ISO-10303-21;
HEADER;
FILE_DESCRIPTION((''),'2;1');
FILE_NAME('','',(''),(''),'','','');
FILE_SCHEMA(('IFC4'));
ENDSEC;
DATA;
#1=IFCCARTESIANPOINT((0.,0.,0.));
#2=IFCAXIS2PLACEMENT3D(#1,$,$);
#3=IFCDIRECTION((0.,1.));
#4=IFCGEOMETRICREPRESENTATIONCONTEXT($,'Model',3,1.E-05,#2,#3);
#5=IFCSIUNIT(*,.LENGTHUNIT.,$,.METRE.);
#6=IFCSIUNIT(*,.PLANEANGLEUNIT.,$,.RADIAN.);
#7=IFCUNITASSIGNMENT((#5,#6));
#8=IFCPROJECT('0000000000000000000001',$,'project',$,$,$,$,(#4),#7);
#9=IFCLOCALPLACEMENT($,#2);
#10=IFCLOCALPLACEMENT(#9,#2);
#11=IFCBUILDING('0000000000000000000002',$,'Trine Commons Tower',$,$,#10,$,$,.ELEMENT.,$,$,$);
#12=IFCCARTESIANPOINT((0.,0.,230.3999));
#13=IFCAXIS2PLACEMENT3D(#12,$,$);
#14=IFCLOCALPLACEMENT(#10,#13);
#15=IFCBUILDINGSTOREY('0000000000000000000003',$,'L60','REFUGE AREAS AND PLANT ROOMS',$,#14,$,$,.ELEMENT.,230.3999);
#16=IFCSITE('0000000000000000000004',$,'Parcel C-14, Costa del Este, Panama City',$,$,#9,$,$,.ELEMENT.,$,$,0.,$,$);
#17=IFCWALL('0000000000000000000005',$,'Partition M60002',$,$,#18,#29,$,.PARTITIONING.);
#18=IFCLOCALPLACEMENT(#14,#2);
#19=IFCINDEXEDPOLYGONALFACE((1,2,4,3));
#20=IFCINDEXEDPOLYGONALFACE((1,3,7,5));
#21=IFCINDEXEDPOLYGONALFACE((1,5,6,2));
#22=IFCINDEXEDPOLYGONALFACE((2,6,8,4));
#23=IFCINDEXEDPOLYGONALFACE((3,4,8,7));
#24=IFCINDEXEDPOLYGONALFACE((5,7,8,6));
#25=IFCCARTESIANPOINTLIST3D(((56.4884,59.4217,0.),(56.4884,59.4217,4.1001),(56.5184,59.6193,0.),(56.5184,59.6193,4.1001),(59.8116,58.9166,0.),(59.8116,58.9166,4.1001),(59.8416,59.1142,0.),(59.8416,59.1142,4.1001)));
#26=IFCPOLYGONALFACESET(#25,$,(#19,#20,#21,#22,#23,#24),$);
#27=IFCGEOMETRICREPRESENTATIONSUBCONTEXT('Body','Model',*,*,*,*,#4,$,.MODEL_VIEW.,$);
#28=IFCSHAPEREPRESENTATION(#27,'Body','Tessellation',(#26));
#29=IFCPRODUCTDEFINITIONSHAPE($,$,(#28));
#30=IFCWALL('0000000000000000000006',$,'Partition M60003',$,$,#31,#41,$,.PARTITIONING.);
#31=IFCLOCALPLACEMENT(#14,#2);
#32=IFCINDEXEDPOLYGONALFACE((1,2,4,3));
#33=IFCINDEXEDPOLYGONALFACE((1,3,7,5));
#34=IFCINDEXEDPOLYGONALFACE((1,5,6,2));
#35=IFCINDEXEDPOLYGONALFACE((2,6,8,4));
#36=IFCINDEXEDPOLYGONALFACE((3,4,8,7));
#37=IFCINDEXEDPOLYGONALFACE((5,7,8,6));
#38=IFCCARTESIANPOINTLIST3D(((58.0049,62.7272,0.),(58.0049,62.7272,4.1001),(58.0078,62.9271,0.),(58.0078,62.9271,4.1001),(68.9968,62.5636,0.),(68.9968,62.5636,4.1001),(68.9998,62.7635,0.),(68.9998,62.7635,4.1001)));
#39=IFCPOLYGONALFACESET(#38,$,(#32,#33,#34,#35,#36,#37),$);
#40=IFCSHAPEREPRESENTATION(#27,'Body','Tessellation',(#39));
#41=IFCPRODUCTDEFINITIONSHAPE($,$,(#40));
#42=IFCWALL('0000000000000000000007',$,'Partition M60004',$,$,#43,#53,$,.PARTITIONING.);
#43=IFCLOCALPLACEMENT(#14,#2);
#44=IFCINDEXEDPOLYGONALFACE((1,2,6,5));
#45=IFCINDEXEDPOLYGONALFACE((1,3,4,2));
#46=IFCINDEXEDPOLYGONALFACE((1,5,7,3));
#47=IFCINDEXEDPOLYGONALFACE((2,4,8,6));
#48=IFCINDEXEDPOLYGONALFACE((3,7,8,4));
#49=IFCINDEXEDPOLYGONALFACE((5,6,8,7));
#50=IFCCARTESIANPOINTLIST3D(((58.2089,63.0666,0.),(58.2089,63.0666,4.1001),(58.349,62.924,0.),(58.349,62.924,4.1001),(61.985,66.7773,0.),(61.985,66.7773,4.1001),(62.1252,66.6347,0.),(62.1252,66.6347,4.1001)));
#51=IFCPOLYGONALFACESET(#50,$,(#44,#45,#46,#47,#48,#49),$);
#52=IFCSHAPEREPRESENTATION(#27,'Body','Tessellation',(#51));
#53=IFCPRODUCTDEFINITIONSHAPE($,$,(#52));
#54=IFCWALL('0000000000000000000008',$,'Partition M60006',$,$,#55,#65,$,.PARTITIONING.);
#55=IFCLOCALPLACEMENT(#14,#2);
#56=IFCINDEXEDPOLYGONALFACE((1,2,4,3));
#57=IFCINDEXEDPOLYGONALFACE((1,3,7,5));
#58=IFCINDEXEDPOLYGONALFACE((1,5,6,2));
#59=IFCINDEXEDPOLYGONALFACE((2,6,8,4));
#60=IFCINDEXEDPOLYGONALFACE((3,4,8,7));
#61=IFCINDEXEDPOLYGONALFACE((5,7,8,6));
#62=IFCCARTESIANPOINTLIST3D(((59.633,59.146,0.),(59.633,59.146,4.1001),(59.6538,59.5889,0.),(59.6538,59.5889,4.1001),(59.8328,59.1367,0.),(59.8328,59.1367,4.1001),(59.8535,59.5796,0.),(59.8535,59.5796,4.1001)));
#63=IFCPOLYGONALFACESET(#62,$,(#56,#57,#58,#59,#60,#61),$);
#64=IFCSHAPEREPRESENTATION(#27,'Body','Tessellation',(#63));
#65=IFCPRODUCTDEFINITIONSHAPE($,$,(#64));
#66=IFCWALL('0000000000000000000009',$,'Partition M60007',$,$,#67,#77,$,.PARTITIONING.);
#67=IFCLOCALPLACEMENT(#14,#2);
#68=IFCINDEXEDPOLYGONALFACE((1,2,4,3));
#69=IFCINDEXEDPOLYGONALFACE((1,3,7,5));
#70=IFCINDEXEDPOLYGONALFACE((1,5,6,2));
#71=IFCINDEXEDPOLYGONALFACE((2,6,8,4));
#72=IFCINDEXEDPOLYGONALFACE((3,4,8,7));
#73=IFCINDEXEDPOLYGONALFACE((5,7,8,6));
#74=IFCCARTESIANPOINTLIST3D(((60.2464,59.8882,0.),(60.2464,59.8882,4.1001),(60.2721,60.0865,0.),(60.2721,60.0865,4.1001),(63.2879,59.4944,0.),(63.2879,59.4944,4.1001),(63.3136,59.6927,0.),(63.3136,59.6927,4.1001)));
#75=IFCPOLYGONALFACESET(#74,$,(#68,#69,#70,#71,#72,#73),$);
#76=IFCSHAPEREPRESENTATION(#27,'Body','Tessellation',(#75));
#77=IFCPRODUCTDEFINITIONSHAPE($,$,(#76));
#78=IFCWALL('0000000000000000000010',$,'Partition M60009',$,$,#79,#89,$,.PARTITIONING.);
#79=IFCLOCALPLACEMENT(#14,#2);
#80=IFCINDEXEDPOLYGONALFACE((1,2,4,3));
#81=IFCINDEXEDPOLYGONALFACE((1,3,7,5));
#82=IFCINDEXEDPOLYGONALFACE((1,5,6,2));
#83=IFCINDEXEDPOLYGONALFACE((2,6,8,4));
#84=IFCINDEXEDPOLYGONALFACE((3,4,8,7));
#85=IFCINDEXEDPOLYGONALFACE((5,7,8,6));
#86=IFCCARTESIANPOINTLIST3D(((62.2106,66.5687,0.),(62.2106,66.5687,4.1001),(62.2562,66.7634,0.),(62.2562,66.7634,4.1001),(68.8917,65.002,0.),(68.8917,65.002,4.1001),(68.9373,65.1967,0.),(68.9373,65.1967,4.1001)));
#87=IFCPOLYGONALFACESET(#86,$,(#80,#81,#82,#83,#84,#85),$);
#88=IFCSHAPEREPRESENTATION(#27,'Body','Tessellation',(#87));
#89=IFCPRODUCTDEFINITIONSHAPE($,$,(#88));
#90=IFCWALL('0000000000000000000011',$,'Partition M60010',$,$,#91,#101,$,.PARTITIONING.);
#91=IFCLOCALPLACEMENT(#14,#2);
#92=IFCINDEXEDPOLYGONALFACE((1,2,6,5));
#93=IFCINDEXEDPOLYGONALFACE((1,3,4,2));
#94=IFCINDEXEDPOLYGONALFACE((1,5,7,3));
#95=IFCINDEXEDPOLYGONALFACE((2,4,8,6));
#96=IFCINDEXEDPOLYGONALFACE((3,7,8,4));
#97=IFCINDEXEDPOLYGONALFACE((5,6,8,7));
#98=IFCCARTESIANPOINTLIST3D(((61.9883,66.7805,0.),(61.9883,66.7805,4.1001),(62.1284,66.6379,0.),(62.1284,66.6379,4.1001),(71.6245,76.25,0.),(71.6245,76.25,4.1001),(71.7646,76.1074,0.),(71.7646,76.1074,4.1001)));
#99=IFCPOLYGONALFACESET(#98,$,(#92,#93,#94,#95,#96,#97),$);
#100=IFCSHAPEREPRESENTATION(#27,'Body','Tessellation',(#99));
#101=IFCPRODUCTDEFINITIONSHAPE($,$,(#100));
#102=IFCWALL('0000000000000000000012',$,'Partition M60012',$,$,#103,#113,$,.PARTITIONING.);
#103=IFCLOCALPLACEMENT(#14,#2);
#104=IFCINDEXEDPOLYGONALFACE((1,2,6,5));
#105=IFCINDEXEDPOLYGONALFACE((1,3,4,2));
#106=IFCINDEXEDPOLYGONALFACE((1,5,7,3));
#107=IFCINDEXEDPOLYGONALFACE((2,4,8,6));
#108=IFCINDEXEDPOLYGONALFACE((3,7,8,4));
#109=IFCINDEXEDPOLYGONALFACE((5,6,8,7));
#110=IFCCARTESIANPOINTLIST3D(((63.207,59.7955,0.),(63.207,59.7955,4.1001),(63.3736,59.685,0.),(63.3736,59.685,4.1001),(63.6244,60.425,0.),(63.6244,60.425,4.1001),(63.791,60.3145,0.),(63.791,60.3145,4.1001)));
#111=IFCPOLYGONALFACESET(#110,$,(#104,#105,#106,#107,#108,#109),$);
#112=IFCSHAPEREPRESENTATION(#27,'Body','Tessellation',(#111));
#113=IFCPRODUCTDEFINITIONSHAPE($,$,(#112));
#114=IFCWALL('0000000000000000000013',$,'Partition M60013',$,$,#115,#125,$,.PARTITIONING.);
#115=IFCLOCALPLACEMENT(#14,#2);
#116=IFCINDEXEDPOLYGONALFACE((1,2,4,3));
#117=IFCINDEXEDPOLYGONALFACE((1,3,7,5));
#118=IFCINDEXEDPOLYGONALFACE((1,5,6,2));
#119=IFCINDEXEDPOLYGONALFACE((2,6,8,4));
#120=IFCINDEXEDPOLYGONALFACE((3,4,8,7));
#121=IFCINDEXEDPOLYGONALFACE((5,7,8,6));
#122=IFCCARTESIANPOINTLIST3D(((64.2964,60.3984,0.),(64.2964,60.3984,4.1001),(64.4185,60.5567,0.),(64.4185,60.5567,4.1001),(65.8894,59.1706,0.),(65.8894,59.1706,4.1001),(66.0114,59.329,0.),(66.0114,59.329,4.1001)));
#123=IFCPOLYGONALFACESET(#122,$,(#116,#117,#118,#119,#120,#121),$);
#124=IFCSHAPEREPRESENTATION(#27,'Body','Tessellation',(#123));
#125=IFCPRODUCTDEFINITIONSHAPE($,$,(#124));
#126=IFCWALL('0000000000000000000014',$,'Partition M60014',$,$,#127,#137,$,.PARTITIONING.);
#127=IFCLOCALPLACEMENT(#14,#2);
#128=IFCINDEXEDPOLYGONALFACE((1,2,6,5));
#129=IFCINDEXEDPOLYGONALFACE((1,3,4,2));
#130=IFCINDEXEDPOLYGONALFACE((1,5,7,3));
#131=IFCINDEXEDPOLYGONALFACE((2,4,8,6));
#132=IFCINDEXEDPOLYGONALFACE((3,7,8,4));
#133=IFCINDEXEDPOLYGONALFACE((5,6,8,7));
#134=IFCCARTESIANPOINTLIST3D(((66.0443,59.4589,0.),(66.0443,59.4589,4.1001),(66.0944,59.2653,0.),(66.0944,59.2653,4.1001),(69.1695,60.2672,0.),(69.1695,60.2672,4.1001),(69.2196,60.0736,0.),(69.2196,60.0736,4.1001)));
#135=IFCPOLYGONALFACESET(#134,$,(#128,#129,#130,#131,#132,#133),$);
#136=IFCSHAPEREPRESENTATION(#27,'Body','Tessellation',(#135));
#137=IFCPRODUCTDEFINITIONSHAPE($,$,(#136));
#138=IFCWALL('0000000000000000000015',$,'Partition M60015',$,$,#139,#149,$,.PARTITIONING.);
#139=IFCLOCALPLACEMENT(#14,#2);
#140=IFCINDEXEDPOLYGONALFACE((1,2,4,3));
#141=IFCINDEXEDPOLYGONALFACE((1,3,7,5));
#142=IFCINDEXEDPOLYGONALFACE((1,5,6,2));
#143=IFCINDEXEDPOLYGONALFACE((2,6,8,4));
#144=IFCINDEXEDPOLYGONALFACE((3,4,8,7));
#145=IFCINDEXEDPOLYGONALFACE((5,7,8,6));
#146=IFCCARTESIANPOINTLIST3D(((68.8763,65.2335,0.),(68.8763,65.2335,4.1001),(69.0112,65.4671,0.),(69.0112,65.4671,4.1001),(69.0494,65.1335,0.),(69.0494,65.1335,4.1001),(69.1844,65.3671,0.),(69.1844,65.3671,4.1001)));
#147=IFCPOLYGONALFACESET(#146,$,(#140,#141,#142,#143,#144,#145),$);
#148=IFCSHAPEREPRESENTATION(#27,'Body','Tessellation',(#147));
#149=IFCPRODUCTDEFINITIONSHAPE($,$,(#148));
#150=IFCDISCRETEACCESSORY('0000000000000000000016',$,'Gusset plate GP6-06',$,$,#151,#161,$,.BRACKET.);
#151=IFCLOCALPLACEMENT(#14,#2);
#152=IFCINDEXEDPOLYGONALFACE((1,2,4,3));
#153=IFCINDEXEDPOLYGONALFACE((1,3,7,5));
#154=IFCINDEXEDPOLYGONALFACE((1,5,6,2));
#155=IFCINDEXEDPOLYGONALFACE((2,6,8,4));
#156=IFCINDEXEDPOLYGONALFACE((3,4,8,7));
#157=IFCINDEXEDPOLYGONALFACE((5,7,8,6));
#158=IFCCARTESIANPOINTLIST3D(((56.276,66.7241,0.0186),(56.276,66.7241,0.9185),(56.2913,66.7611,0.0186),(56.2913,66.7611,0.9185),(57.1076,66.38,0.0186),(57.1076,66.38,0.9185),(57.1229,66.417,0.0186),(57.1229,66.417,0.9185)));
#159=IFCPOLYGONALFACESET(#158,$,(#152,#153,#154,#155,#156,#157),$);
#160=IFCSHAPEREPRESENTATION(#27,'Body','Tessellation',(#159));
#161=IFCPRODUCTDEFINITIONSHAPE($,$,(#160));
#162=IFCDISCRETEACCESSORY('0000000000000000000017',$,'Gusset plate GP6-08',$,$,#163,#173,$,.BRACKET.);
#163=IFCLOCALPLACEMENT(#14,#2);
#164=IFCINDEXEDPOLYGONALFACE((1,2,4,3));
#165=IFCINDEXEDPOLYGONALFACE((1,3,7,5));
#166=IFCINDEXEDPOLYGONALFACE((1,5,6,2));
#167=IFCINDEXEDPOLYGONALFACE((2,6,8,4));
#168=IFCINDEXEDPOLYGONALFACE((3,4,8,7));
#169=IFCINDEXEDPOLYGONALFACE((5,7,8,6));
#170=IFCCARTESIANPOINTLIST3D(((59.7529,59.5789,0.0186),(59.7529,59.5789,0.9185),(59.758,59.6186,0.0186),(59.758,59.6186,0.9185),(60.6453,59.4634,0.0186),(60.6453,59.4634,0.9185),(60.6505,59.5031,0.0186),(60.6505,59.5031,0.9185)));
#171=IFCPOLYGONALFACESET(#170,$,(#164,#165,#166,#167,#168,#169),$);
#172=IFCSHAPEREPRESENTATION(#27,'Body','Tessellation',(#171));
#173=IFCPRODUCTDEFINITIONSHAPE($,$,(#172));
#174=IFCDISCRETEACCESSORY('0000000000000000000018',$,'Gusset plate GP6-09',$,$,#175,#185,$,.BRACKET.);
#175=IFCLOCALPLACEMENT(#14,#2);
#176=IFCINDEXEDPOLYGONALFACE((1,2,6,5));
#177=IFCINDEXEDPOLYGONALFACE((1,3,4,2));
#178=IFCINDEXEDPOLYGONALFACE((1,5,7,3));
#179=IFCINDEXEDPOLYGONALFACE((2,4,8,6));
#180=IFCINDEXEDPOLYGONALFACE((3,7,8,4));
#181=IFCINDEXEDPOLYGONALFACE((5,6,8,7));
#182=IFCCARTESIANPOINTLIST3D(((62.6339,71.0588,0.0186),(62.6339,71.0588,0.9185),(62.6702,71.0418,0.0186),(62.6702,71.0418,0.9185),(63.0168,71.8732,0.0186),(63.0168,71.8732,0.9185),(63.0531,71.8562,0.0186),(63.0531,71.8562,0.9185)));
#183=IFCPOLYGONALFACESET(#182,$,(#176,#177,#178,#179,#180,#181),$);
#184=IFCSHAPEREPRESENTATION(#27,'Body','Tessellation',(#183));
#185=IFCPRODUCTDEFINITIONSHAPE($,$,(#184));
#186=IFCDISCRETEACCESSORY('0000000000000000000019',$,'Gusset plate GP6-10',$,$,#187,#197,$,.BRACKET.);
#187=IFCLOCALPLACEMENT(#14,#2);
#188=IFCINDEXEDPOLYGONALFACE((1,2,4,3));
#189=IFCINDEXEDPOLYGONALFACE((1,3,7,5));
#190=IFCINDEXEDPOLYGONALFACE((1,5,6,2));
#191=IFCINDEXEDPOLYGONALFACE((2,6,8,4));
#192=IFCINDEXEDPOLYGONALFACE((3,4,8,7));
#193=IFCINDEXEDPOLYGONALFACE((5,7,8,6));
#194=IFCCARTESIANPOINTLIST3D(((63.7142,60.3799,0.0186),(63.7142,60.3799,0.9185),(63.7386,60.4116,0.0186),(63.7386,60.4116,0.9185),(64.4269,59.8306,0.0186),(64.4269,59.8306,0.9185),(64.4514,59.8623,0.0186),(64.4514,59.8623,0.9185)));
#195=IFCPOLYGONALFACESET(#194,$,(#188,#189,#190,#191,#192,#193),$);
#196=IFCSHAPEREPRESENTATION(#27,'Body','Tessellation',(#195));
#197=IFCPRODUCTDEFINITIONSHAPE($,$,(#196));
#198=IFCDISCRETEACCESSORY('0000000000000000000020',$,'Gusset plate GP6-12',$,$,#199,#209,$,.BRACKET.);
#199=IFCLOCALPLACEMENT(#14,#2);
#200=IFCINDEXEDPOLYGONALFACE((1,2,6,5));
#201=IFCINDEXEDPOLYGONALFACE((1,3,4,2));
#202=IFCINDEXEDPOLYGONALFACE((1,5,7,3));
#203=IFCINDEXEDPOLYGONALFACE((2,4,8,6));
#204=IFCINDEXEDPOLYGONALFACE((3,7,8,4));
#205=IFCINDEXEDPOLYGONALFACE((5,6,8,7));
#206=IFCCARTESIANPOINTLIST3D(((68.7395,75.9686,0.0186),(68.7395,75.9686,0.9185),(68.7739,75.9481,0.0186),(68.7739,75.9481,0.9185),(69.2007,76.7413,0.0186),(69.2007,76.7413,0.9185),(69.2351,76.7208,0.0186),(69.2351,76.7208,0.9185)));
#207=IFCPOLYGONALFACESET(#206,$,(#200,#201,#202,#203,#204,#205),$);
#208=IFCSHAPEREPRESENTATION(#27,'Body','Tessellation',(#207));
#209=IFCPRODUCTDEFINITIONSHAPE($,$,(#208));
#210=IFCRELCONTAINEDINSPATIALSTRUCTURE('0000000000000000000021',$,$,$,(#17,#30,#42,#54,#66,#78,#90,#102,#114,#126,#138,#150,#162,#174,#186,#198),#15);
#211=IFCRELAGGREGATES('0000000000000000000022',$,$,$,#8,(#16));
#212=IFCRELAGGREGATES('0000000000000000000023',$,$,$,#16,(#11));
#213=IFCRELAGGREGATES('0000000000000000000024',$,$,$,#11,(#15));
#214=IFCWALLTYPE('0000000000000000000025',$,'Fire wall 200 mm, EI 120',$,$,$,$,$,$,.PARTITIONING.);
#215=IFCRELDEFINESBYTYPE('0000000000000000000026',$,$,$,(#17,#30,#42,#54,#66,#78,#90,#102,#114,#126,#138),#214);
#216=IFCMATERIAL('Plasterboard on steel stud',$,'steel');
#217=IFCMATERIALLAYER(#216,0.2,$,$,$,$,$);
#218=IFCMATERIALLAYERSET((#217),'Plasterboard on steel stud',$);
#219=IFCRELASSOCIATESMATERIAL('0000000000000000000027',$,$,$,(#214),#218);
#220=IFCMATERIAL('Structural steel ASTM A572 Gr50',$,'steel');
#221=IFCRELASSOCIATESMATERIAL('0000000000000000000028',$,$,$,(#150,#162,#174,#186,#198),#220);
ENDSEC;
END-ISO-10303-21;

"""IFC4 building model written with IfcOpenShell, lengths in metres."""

from ifc_helpers import new_model, si_unit, direction, frame, frame_2d, origin, origin_2d, place, context, subcontext, project, spatial, rectangle, extrude, material, layer, layer_set, type_object, element, save


model = new_model("IFC4")

# Units and contexts
model_context = context("Model", 3, precision=1e-05, world=origin(), true_north=direction((0.0, 1.0)))
body_context = subcontext(model_context, "Body", "Model", "MODEL_VIEW")
ifc_project = project(units=[si_unit("LENGTHUNIT", "METRE"), si_unit("PLANEANGLEUNIT", "RADIAN")], contexts=[model_context])

# Site, building, storey
site_placement = place(None, origin())
site = spatial("IfcSite", under=ifc_project, at=site_placement, Name="Parcel C-14, Costa del Este, Panama City", CompositionType="ELEMENT", RefElevation=0.0)
building_placement = place(site_placement, origin())
building = spatial("IfcBuilding", under=site, at=building_placement, Name="Trine Commons Tower", CompositionType="ELEMENT")
storey_placement = place(building_placement, frame((0.0, 0.0, 230.3999)))
storey = spatial("IfcBuildingStorey", under=building, at=storey_placement, Name="L60", Description="REFUGE AREAS AND PLANT ROOMS", CompositionType="ELEMENT", Elevation=230.3999)

# Walls
ifc_material_1 = material(Name="Plasterboard on steel stud", Category="steel")
ifc_layer_1 = layer(ifc_material_1, 0.2)
ifc_layer_set_1 = layer_set([ifc_layer_1], Name="Plasterboard on steel stud")
wall_type = type_object("IfcWallType", Name="Fire wall 200 mm, EI 120", PredefinedType="PARTITIONING", material=ifc_layer_set_1)
wall_1_placement = place(storey_placement, frame((56.5034, 59.5205, 0.0), z_axis=(0.0, 0.0, 1.0), x_axis=(0.988645, -0.150272, 0.0)))
element("IfcWall", 1, at=wall_1_placement, inside=storey, type_object=wall_type, Name="Partition M60002", PredefinedType="PARTITIONING", context=body_context, shape_type="SweptSolid", body=[
    extrude(rectangle(XDim=3.3613, YDim=0.2, at=frame_2d((1.6807, 0.0))), origin(), (0.0, 0.0, 1.0), 4.1001),
])
wall_2_placement = place(storey_placement, frame((58.0063, 62.8271, 0.0), z_axis=(0.0, 0.0, 1.0), x_axis=(0.999889, -0.01488, 0.0)))
element("IfcWall", 2, at=wall_2_placement, inside=storey, type_object=wall_type, Name="Partition M60003", PredefinedType="PARTITIONING", context=body_context, shape_type="SweptSolid", body=[
    extrude(rectangle(XDim=10.9932, YDim=0.2, at=frame_2d((5.4966, 0.0))), origin(), (0.0, 0.0, 1.0), 4.1001),
])
wall_3_placement = place(storey_placement, frame((58.2791, 62.9954, 0.0), z_axis=(0.0, 0.0, 1.0), x_axis=(0.713259, 0.7009, 0.0)))
element("IfcWall", 3, at=wall_3_placement, inside=storey, type_object=wall_type, Name="Partition M60004", PredefinedType="PARTITIONING", context=body_context, shape_type="SweptSolid", body=[
    extrude(rectangle(XDim=5.2942, YDim=0.2, at=frame_2d((2.647, 0.0))), origin(), (0.0, 0.0, 1.0), 4.1001),
])
wall_4_placement = place(storey_placement, frame((59.7329, 59.1414, 0.0), z_axis=(0.0, 0.0, 1.0), x_axis=(0.046806, 0.998904, 0.0)))
element("IfcWall", 4, at=wall_4_placement, inside=storey, type_object=wall_type, Name="Partition M60006", PredefinedType="PARTITIONING", context=body_context, shape_type="SweptSolid", body=[
    extrude(rectangle(XDim=0.4434, YDim=0.2, at=frame_2d((0.2217, 0.0))), origin(), (0.0, 0.0, 1.0), 4.1001),
])
wall_5_placement = place(storey_placement, frame((60.2593, 59.9873, 0.0), z_axis=(0.0, 0.0, 1.0), x_axis=(0.991722, -0.128403, 0.0)))
element("IfcWall", 5, at=wall_5_placement, inside=storey, type_object=wall_type, Name="Partition M60007", PredefinedType="PARTITIONING", context=body_context, shape_type="SweptSolid", body=[
    extrude(rectangle(XDim=3.0669, YDim=0.2, at=frame_2d((1.5334, 0.0))), origin(), (0.0, 0.0, 1.0), 4.1001),
])
wall_6_placement = place(storey_placement, frame((62.2334, 66.666, 0.0), z_axis=(0.0, 0.0, 1.0), x_axis=(0.973592, -0.228296, 0.0)))
element("IfcWall", 6, at=wall_6_placement, inside=storey, type_object=wall_type, Name="Partition M60009", PredefinedType="PARTITIONING", context=body_context, shape_type="SweptSolid", body=[
    extrude(rectangle(XDim=6.8623, YDim=0.2, at=frame_2d((3.4312, 0.0))), origin(), (0.0, 0.0, 1.0), 4.1001),
])
wall_7_placement = place(storey_placement, frame((62.0583, 66.7092, 0.0), z_axis=(0.0, 0.0, 1.0), x_axis=(0.713251, 0.700909, 0.0)))
element("IfcWall", 7, at=wall_7_placement, inside=storey, type_object=wall_type, Name="Partition M60010", PredefinedType="PARTITIONING", context=body_context, shape_type="SweptSolid", body=[
    extrude(rectangle(XDim=13.5103, YDim=0.2, at=frame_2d((6.7551, 0.0))), origin(), (0.0, 0.0, 1.0), 4.1001),
])
wall_8_placement = place(storey_placement, frame((63.2903, 59.7402, 0.0), z_axis=(0.0, 0.0, 1.0), x_axis=(0.55261, 0.83344, 0.0)))
element("IfcWall", 8, at=wall_8_placement, inside=storey, type_object=wall_type, Name="Partition M60012", PredefinedType="PARTITIONING", context=body_context, shape_type="SweptSolid", body=[
    extrude(rectangle(XDim=0.7554, YDim=0.2, at=frame_2d((0.3777, 0.0))), origin(), (0.0, 0.0, 1.0), 4.1001),
])
wall_9_placement = place(storey_placement, frame((64.3574, 60.4775, 0.0), z_axis=(0.0, 0.0, 1.0), x_axis=(0.792051, -0.610456, 0.0)))
element("IfcWall", 9, at=wall_9_placement, inside=storey, type_object=wall_type, Name="Partition M60013", PredefinedType="PARTITIONING", context=body_context, shape_type="SweptSolid", body=[
    extrude(rectangle(XDim=2.0112, YDim=0.2, at=frame_2d((1.0056, 0.0))), origin(), (0.0, 0.0, 1.0), 4.1001),
])
wall_10_placement = place(storey_placement, frame((66.0693, 59.3621, 0.0), z_axis=(0.0, 0.0, 1.0), x_axis=(0.96814, 0.250411, 0.0)))
element("IfcWall", 10, at=wall_10_placement, inside=storey, type_object=wall_type, Name="Partition M60014", PredefinedType="PARTITIONING", context=body_context, shape_type="SweptSolid", body=[
    extrude(rectangle(XDim=3.228, YDim=0.2, at=frame_2d((1.614, 0.0))), origin(), (0.0, 0.0, 1.0), 4.1001),
])
wall_11_placement = place(storey_placement, frame((68.9629, 65.1836, 0.0), z_axis=(0.0, 0.0, 1.0), x_axis=(0.500323, 0.865839, 0.0)))
element("IfcWall", 11, at=wall_11_placement, inside=storey, type_object=wall_type, Name="Partition M60015", PredefinedType="PARTITIONING", context=body_context, shape_type="SweptSolid", body=[
    extrude(rectangle(XDim=0.2698, YDim=0.2, at=frame_2d((0.1348, 0.0))), origin(), (0.0, 0.0, 1.0), 4.1001),
])

# Discrete accessories
ifc_material_2 = material(Name="Structural steel ASTM A572 Gr50", Category="steel")
for number, where, z_axis, x_axis, name in (
    (12, (56.6995, 66.5706, 0.0186), (0.0, 0.0, 1.0), (0.92404, -0.382296, 0.0), "Gusset plate GP6-06"),
    (13, (60.2017, 59.541, 0.0186), (0.0, 0.0, 1.0), (0.991725, -0.12838, 0.0), "Gusset plate GP6-08"),
    (14, (62.8435, 71.4575, 0.0186), (0.0, 0.0, 1.0), (-0.425479, -0.904968, 0.0), "Gusset plate GP6-09"),
    (15, (64.0828, 60.1211, 0.0186), (0.0, 0.0, 1.0), (0.792045, -0.610463, 0.0), "Gusset plate GP6-10"),
    (16, (68.9873, 76.3447, 0.0186), (0.0, 0.0, 1.0), (-0.512552, -0.858656, 0.0), "Gusset plate GP6-12"),
):
    element("IfcDiscreteAccessory", number, at=place(storey_placement, frame(where, z_axis=z_axis, x_axis=x_axis)), inside=storey, material=ifc_material_2, Name=name, PredefinedType="BRACKET", context=body_context, shape_type="SweptSolid", body=[
        extrude(rectangle(XDim=0.8999, YDim=0.04, at=origin_2d()), origin(), (0.0, 0.0, 1.0), 0.8999),
    ])

save(model, "model.ifc")
